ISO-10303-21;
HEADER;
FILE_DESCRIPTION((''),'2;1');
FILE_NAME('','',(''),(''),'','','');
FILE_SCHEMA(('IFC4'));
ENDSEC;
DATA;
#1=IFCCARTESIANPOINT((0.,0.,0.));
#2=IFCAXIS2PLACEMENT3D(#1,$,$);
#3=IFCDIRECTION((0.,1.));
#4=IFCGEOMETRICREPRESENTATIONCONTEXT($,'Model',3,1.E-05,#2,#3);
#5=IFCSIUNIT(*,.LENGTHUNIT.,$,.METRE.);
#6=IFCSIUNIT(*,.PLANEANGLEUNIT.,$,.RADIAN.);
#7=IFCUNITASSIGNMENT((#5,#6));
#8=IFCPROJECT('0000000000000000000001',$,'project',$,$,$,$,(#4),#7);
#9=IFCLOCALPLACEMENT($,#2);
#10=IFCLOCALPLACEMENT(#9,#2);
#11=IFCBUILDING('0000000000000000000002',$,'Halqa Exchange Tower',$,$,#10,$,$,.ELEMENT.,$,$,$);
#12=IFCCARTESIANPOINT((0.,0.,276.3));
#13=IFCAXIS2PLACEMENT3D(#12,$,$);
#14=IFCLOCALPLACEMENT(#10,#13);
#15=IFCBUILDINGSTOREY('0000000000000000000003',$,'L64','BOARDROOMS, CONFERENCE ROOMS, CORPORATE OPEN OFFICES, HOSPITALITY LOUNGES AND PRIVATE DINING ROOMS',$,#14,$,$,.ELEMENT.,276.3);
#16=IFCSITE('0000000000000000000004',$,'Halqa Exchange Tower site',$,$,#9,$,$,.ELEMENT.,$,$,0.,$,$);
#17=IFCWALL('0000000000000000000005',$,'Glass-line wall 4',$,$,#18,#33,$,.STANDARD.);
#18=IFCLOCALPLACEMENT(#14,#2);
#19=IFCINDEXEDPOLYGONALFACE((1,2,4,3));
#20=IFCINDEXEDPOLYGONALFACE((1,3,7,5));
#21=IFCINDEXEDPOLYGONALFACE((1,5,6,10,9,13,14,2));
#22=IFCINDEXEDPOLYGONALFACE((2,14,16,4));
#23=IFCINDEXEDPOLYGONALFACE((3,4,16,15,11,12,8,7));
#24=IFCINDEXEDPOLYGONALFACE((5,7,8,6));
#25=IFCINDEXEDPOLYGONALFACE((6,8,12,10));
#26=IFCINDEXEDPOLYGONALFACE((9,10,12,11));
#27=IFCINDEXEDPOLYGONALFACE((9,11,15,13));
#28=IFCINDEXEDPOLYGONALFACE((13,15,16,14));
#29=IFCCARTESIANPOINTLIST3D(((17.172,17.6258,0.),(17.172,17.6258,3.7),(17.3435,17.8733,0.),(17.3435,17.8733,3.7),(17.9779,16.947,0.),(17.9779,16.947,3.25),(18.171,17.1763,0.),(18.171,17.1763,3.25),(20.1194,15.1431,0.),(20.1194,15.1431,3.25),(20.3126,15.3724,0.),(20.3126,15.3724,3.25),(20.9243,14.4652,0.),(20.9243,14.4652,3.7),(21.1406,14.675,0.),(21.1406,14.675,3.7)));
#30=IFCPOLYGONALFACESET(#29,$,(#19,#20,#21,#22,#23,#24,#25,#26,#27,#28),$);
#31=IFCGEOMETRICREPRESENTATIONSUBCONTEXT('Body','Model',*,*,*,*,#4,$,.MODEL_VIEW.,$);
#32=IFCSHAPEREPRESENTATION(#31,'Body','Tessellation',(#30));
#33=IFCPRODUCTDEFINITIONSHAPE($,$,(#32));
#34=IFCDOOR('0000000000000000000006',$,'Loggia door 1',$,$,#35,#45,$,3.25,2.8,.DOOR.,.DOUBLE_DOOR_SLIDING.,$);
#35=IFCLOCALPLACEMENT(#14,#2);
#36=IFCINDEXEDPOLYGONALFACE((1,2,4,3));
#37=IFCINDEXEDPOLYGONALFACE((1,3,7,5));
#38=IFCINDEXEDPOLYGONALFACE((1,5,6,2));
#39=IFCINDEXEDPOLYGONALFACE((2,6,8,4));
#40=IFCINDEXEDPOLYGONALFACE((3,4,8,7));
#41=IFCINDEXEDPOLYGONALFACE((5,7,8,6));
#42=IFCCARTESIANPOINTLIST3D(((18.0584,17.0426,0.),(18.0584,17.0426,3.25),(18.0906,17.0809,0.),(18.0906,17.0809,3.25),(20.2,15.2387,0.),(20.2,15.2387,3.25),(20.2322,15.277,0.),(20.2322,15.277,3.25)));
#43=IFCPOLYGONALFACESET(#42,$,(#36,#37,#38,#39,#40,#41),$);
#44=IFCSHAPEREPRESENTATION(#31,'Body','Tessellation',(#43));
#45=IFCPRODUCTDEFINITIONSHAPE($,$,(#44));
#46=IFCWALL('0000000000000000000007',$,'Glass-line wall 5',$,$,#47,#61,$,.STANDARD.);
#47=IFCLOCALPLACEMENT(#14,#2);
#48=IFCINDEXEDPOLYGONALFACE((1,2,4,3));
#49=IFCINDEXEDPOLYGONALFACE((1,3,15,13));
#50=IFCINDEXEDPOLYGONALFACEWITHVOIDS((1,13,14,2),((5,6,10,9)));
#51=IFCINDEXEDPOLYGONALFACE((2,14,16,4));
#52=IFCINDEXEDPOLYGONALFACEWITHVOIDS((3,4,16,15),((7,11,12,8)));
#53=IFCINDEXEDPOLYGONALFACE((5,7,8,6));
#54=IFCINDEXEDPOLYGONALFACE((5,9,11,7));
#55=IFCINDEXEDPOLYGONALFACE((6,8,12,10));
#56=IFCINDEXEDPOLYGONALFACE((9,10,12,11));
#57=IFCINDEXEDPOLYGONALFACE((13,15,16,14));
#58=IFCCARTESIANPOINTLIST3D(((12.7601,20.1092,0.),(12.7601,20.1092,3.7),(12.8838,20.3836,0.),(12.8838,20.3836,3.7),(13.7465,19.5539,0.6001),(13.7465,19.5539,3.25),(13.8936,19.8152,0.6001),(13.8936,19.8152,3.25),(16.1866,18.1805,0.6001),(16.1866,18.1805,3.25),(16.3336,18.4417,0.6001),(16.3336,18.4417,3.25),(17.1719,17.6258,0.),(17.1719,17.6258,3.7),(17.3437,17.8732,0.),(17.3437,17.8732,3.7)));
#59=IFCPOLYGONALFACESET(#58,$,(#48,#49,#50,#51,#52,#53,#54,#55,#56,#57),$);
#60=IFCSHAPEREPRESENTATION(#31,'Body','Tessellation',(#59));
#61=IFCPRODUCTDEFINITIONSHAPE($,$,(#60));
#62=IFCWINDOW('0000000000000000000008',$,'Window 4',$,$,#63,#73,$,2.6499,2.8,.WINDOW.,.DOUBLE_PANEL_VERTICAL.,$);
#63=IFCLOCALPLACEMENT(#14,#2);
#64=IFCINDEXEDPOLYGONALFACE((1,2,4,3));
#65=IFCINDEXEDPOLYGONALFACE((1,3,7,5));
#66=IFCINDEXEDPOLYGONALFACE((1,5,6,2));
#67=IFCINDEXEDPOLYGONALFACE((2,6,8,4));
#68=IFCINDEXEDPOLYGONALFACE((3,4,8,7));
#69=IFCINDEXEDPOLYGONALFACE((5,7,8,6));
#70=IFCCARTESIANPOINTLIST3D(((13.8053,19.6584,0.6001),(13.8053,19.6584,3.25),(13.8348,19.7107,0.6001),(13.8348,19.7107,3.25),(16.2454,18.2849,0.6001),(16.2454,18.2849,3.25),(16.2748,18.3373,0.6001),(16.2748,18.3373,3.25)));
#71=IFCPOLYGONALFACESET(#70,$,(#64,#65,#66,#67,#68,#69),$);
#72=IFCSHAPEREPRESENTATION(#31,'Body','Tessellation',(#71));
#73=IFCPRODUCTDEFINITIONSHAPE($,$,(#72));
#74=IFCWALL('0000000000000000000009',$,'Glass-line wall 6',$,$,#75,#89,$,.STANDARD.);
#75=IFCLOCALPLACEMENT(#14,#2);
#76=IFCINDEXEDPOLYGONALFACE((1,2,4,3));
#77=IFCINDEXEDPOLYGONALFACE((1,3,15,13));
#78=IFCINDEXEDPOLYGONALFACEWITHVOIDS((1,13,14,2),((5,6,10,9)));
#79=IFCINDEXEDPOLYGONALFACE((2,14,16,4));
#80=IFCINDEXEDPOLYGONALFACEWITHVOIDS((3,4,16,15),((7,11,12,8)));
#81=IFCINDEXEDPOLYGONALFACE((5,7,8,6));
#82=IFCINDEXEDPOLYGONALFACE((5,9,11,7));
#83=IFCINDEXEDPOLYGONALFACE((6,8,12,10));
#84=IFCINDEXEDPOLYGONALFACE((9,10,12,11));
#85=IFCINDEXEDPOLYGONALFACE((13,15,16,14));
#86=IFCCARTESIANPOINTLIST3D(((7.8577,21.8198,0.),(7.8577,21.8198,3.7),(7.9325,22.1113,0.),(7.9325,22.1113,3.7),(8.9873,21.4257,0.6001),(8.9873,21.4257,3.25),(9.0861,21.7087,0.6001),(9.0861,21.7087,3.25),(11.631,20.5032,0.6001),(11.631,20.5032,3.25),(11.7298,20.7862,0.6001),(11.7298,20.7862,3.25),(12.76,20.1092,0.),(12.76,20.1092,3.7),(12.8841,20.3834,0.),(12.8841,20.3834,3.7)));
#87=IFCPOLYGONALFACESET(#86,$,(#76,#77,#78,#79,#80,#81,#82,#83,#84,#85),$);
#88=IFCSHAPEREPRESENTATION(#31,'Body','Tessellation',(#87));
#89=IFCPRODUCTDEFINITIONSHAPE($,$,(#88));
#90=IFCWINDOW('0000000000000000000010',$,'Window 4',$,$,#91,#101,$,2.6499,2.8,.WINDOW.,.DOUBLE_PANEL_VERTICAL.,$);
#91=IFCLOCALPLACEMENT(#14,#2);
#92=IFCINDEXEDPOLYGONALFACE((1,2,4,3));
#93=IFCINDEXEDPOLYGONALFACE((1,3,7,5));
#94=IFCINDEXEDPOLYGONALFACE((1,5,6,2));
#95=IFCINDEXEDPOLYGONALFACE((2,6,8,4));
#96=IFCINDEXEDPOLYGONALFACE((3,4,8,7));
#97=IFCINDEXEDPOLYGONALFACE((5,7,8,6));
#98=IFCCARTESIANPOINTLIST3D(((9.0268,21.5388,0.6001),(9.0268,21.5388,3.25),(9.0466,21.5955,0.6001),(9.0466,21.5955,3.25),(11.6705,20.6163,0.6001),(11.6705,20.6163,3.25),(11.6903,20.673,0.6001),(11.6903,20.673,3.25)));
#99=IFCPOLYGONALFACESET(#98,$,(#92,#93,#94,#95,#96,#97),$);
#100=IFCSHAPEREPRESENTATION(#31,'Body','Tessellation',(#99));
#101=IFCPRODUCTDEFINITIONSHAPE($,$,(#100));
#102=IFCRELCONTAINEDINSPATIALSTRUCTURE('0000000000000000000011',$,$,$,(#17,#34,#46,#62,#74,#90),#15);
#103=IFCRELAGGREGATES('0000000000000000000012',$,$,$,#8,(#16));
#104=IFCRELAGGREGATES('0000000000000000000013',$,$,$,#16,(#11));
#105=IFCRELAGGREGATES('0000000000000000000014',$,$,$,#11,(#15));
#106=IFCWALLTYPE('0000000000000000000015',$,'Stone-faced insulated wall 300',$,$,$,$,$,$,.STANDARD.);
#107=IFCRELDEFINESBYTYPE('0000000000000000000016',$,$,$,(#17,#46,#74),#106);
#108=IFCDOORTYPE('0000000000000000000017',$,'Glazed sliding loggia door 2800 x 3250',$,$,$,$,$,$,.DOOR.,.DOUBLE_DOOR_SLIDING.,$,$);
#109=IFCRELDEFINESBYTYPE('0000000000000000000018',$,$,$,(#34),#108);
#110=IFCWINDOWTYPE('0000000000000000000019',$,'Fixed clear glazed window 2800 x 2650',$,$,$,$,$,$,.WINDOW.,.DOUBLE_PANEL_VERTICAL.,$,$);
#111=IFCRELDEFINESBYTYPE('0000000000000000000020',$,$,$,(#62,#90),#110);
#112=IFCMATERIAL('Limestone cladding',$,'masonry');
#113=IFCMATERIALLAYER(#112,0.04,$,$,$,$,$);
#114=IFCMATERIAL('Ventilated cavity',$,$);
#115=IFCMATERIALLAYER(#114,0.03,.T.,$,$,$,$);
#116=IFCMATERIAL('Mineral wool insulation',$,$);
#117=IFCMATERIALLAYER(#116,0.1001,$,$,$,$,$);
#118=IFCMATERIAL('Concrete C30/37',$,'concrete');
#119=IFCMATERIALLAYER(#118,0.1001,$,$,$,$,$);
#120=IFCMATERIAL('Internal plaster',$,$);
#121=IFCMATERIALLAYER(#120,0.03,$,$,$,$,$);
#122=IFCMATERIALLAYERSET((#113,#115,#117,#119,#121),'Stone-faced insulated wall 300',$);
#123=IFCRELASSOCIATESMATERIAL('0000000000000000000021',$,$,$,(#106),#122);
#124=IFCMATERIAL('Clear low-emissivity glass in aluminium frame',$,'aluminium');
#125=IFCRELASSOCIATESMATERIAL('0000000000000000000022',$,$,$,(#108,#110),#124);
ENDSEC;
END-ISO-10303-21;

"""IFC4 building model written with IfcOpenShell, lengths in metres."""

from ifc_helpers import new_model, si_unit, direction, frame, frame_2d, origin, place, context, subcontext, project, spatial, polyline, rectangle, outline, extrude, material, layer, layer_set, type_object, element, fill, save


model = new_model("IFC4")

# Units and contexts
model_context = context("Model", 3, precision=1e-05, world=origin(), true_north=direction((0.0, 1.0)))
body_context = subcontext(model_context, "Body", "Model", "MODEL_VIEW")
ifc_project = project(units=[si_unit("LENGTHUNIT", "METRE"), si_unit("PLANEANGLEUNIT", "RADIAN")], contexts=[model_context])

# Site, building, storey
site_placement = place(None, origin())
site = spatial("IfcSite", under=ifc_project, at=site_placement, Name="Halqa Exchange Tower site", CompositionType="ELEMENT", RefElevation=0.0)
building_placement = place(site_placement, origin())
building = spatial("IfcBuilding", under=site, at=building_placement, Name="Halqa Exchange Tower", CompositionType="ELEMENT")
storey_placement = place(building_placement, frame((0.0, 0.0, 276.3)))
storey = spatial("IfcBuildingStorey", under=building, at=storey_placement, Name="L64", Description="BOARDROOMS, CONFERENCE ROOMS, CORPORATE OPEN OFFICES, HOSPITALITY LOUNGES AND PRIVATE DINING ROOMS", CompositionType="ELEMENT", Elevation=276.3)

# Wall, opening, door
ifc_material_1 = material(Name="Limestone cladding", Category="masonry")
ifc_layer_1 = layer(ifc_material_1, 0.04)
ifc_material_2 = material(Name="Ventilated cavity")
ifc_layer_2 = layer(ifc_material_2, 0.03, ventilated=True)
ifc_material_3 = material(Name="Mineral wool insulation")
ifc_layer_3 = layer(ifc_material_3, 0.1001)
ifc_material_4 = material(Name="Concrete C30/37", Category="concrete")
ifc_layer_4 = layer(ifc_material_4, 0.1001)
ifc_material_5 = material(Name="Internal plaster")
ifc_layer_5 = layer(ifc_material_5, 0.03)
ifc_layer_set_1 = layer_set([ifc_layer_1, ifc_layer_2, ifc_layer_3, ifc_layer_4, ifc_layer_5], Name="Stone-faced insulated wall 300")
wall_type_1 = type_object("IfcWallType", Name="Stone-faced insulated wall 300", PredefinedType="STANDARD", material=ifc_layer_set_1)
wall_1_placement = place(storey_placement, frame((21.0325, 14.5701, 0.0), z_axis=(0.0, 0.0, 1.0), x_axis=(-0.764833, 0.644229, 0.0)))
wall_1 = element("IfcWall", 1, at=wall_1_placement, inside=storey, type_object=wall_type_1, Name="Glass-line wall 4", PredefinedType="STANDARD", context=body_context, shape_type="SweptSolid", body=[
    extrude(outline(polyline([(-0.0151, -0.1499), (4.9495, -0.1499), (4.9211, 0.1499), (0.0151, 0.1499), (-0.0151, -0.1499)])), origin(), (0.0, 0.0, 1.0), 3.7),
])
opening_1_placement = place(wall_1_placement, frame((1.0676, 0.0, 0.0)))
opening_1 = element("IfcOpeningElement", 2, at=opening_1_placement, cuts=wall_1, PredefinedType="OPENING", context=body_context, shape_type="SweptSolid", body=[
    extrude(rectangle(XDim=2.8, YDim=3.25, at=frame_2d((1.3999, 1.625))), frame((0.0, 0.1621, 0.0), z_axis=(0.0, -1.0, 0.0), x_axis=(1.0, 0.0, 0.0)), (0.0, 0.0, 1.0), 0.324),
])
ifc_material_6 = material(Name="Clear low-emissivity glass in aluminium frame", Category="aluminium")
door_type = type_object("IfcDoorType", Name="Glazed sliding loggia door 2800 x 3250", OperationType="DOUBLE_DOOR_SLIDING", PredefinedType="DOOR", material=ifc_material_6)
door_placement = place(opening_1_placement, origin())
door = element("IfcDoor", 3, at=door_placement, inside=storey, type_object=door_type, Name="Loggia door 1", OperationType="DOUBLE_DOOR_SLIDING", OverallHeight=3.25, OverallWidth=2.8, PredefinedType="DOOR", context=body_context, shape_type="SweptSolid", body=[
    extrude(rectangle(XDim=2.8, YDim=3.25, at=frame_2d((1.3999, 1.625))), frame((0.0, 0.0249, 0.0), z_axis=(0.0, -1.0, 0.0), x_axis=(1.0, 0.0, 0.0)), (0.0, 0.0, 1.0), 0.05),
])
fill(opening_1, door)

# Walls, openings, windows
wall_2_placement = place(storey_placement, frame((17.2578, 17.7495, 0.0), z_axis=(0.0, 0.0, 1.0), x_axis=(-0.871433, 0.490514, 0.0)))
wall_2 = element("IfcWall", 4, at=wall_2_placement, inside=storey, type_object=wall_type_1, Name="Glass-line wall 5", PredefinedType="STANDARD", context=body_context, shape_type="SweptSolid", body=[
    extrude(outline(polyline([(-0.0142, -0.1499), (5.1038, -0.1499), (5.0769, 0.1499), (0.0142, 0.1499), (-0.0142, -0.1499)])), origin(), (0.0, 0.0, 1.0), 3.7),
])
opening_2_placement = place(wall_2_placement, frame((1.145, 0.0, 0.6001)))
opening_2 = element("IfcOpeningElement", 5, at=opening_2_placement, cuts=wall_2, PredefinedType="OPENING", context=body_context, shape_type="SweptSolid", body=[
    extrude(rectangle(XDim=2.8, YDim=2.6499, at=frame_2d((1.3999, 1.325))), frame((0.0, 0.1621, 0.0), z_axis=(0.0, -1.0, 0.0), x_axis=(1.0, 0.0, 0.0)), (0.0, 0.0, 1.0), 0.324),
])
window_type = type_object("IfcWindowType", Name="Fixed clear glazed window 2800 x 2650", PartitioningType="DOUBLE_PANEL_VERTICAL", PredefinedType="WINDOW", material=ifc_material_6)
window_1_placement = place(opening_2_placement, origin())
window_1 = element("IfcWindow", 6, at=window_1_placement, inside=storey, type_object=window_type, Name="Window 4", OverallHeight=2.6499, OverallWidth=2.8, PartitioningType="DOUBLE_PANEL_VERTICAL", PredefinedType="WINDOW", context=body_context, shape_type="SweptSolid", body=[
    extrude(rectangle(XDim=2.8, YDim=2.6499, at=frame_2d((1.3999, 1.325))), frame((0.0, 0.03, 0.0), z_axis=(0.0, -1.0, 0.0), x_axis=(1.0, 0.0, 0.0)), (0.0, 0.0, 1.0), 0.0601),
])
fill(opening_2, window_1)
wall_3_placement = place(storey_placement, frame((12.822, 20.2463, 0.0), z_axis=(0.0, 0.0, 1.0), x_axis=(-0.944169, 0.32946, 0.0)))
wall_3 = element("IfcWall", 7, at=wall_3_placement, inside=storey, type_object=wall_type_1, Name="Glass-line wall 6", PredefinedType="STANDARD", context=body_context, shape_type="SweptSolid", body=[
    extrude(outline(polyline([(-0.0134, -0.1499), (5.231, -0.1499), (5.2056, 0.1499), (0.0134, 0.1499), (-0.0134, -0.1499)])), origin(), (0.0, 0.0, 1.0), 3.7),
])
opening_3_placement = place(wall_3_placement, frame((1.2092, 0.0, 0.6001)))
opening_3 = element("IfcOpeningElement", 8, at=opening_3_placement, cuts=wall_3, PredefinedType="OPENING", context=body_context, shape_type="SweptSolid", body=[
    extrude(rectangle(XDim=2.8, YDim=2.6499, at=frame_2d((1.3999, 1.325))), frame((0.0, 0.1621, 0.0), z_axis=(0.0, -1.0, 0.0), x_axis=(1.0, 0.0, 0.0)), (0.0, 0.0, 1.0), 0.324),
])
window_2_placement = place(opening_3_placement, origin())
window_2 = element("IfcWindow", 9, at=window_2_placement, inside=storey, type_object=window_type, Name="Window 4", OverallHeight=2.6499, OverallWidth=2.8, PartitioningType="DOUBLE_PANEL_VERTICAL", PredefinedType="WINDOW", context=body_context, shape_type="SweptSolid", body=[
    extrude(rectangle(XDim=2.8, YDim=2.6499, at=frame_2d((1.3999, 1.325))), frame((0.0, 0.03, 0.0), z_axis=(0.0, -1.0, 0.0), x_axis=(1.0, 0.0, 0.0)), (0.0, 0.0, 1.0), 0.0601),
])
fill(opening_3, window_2)

save(model, "model.ifc")
